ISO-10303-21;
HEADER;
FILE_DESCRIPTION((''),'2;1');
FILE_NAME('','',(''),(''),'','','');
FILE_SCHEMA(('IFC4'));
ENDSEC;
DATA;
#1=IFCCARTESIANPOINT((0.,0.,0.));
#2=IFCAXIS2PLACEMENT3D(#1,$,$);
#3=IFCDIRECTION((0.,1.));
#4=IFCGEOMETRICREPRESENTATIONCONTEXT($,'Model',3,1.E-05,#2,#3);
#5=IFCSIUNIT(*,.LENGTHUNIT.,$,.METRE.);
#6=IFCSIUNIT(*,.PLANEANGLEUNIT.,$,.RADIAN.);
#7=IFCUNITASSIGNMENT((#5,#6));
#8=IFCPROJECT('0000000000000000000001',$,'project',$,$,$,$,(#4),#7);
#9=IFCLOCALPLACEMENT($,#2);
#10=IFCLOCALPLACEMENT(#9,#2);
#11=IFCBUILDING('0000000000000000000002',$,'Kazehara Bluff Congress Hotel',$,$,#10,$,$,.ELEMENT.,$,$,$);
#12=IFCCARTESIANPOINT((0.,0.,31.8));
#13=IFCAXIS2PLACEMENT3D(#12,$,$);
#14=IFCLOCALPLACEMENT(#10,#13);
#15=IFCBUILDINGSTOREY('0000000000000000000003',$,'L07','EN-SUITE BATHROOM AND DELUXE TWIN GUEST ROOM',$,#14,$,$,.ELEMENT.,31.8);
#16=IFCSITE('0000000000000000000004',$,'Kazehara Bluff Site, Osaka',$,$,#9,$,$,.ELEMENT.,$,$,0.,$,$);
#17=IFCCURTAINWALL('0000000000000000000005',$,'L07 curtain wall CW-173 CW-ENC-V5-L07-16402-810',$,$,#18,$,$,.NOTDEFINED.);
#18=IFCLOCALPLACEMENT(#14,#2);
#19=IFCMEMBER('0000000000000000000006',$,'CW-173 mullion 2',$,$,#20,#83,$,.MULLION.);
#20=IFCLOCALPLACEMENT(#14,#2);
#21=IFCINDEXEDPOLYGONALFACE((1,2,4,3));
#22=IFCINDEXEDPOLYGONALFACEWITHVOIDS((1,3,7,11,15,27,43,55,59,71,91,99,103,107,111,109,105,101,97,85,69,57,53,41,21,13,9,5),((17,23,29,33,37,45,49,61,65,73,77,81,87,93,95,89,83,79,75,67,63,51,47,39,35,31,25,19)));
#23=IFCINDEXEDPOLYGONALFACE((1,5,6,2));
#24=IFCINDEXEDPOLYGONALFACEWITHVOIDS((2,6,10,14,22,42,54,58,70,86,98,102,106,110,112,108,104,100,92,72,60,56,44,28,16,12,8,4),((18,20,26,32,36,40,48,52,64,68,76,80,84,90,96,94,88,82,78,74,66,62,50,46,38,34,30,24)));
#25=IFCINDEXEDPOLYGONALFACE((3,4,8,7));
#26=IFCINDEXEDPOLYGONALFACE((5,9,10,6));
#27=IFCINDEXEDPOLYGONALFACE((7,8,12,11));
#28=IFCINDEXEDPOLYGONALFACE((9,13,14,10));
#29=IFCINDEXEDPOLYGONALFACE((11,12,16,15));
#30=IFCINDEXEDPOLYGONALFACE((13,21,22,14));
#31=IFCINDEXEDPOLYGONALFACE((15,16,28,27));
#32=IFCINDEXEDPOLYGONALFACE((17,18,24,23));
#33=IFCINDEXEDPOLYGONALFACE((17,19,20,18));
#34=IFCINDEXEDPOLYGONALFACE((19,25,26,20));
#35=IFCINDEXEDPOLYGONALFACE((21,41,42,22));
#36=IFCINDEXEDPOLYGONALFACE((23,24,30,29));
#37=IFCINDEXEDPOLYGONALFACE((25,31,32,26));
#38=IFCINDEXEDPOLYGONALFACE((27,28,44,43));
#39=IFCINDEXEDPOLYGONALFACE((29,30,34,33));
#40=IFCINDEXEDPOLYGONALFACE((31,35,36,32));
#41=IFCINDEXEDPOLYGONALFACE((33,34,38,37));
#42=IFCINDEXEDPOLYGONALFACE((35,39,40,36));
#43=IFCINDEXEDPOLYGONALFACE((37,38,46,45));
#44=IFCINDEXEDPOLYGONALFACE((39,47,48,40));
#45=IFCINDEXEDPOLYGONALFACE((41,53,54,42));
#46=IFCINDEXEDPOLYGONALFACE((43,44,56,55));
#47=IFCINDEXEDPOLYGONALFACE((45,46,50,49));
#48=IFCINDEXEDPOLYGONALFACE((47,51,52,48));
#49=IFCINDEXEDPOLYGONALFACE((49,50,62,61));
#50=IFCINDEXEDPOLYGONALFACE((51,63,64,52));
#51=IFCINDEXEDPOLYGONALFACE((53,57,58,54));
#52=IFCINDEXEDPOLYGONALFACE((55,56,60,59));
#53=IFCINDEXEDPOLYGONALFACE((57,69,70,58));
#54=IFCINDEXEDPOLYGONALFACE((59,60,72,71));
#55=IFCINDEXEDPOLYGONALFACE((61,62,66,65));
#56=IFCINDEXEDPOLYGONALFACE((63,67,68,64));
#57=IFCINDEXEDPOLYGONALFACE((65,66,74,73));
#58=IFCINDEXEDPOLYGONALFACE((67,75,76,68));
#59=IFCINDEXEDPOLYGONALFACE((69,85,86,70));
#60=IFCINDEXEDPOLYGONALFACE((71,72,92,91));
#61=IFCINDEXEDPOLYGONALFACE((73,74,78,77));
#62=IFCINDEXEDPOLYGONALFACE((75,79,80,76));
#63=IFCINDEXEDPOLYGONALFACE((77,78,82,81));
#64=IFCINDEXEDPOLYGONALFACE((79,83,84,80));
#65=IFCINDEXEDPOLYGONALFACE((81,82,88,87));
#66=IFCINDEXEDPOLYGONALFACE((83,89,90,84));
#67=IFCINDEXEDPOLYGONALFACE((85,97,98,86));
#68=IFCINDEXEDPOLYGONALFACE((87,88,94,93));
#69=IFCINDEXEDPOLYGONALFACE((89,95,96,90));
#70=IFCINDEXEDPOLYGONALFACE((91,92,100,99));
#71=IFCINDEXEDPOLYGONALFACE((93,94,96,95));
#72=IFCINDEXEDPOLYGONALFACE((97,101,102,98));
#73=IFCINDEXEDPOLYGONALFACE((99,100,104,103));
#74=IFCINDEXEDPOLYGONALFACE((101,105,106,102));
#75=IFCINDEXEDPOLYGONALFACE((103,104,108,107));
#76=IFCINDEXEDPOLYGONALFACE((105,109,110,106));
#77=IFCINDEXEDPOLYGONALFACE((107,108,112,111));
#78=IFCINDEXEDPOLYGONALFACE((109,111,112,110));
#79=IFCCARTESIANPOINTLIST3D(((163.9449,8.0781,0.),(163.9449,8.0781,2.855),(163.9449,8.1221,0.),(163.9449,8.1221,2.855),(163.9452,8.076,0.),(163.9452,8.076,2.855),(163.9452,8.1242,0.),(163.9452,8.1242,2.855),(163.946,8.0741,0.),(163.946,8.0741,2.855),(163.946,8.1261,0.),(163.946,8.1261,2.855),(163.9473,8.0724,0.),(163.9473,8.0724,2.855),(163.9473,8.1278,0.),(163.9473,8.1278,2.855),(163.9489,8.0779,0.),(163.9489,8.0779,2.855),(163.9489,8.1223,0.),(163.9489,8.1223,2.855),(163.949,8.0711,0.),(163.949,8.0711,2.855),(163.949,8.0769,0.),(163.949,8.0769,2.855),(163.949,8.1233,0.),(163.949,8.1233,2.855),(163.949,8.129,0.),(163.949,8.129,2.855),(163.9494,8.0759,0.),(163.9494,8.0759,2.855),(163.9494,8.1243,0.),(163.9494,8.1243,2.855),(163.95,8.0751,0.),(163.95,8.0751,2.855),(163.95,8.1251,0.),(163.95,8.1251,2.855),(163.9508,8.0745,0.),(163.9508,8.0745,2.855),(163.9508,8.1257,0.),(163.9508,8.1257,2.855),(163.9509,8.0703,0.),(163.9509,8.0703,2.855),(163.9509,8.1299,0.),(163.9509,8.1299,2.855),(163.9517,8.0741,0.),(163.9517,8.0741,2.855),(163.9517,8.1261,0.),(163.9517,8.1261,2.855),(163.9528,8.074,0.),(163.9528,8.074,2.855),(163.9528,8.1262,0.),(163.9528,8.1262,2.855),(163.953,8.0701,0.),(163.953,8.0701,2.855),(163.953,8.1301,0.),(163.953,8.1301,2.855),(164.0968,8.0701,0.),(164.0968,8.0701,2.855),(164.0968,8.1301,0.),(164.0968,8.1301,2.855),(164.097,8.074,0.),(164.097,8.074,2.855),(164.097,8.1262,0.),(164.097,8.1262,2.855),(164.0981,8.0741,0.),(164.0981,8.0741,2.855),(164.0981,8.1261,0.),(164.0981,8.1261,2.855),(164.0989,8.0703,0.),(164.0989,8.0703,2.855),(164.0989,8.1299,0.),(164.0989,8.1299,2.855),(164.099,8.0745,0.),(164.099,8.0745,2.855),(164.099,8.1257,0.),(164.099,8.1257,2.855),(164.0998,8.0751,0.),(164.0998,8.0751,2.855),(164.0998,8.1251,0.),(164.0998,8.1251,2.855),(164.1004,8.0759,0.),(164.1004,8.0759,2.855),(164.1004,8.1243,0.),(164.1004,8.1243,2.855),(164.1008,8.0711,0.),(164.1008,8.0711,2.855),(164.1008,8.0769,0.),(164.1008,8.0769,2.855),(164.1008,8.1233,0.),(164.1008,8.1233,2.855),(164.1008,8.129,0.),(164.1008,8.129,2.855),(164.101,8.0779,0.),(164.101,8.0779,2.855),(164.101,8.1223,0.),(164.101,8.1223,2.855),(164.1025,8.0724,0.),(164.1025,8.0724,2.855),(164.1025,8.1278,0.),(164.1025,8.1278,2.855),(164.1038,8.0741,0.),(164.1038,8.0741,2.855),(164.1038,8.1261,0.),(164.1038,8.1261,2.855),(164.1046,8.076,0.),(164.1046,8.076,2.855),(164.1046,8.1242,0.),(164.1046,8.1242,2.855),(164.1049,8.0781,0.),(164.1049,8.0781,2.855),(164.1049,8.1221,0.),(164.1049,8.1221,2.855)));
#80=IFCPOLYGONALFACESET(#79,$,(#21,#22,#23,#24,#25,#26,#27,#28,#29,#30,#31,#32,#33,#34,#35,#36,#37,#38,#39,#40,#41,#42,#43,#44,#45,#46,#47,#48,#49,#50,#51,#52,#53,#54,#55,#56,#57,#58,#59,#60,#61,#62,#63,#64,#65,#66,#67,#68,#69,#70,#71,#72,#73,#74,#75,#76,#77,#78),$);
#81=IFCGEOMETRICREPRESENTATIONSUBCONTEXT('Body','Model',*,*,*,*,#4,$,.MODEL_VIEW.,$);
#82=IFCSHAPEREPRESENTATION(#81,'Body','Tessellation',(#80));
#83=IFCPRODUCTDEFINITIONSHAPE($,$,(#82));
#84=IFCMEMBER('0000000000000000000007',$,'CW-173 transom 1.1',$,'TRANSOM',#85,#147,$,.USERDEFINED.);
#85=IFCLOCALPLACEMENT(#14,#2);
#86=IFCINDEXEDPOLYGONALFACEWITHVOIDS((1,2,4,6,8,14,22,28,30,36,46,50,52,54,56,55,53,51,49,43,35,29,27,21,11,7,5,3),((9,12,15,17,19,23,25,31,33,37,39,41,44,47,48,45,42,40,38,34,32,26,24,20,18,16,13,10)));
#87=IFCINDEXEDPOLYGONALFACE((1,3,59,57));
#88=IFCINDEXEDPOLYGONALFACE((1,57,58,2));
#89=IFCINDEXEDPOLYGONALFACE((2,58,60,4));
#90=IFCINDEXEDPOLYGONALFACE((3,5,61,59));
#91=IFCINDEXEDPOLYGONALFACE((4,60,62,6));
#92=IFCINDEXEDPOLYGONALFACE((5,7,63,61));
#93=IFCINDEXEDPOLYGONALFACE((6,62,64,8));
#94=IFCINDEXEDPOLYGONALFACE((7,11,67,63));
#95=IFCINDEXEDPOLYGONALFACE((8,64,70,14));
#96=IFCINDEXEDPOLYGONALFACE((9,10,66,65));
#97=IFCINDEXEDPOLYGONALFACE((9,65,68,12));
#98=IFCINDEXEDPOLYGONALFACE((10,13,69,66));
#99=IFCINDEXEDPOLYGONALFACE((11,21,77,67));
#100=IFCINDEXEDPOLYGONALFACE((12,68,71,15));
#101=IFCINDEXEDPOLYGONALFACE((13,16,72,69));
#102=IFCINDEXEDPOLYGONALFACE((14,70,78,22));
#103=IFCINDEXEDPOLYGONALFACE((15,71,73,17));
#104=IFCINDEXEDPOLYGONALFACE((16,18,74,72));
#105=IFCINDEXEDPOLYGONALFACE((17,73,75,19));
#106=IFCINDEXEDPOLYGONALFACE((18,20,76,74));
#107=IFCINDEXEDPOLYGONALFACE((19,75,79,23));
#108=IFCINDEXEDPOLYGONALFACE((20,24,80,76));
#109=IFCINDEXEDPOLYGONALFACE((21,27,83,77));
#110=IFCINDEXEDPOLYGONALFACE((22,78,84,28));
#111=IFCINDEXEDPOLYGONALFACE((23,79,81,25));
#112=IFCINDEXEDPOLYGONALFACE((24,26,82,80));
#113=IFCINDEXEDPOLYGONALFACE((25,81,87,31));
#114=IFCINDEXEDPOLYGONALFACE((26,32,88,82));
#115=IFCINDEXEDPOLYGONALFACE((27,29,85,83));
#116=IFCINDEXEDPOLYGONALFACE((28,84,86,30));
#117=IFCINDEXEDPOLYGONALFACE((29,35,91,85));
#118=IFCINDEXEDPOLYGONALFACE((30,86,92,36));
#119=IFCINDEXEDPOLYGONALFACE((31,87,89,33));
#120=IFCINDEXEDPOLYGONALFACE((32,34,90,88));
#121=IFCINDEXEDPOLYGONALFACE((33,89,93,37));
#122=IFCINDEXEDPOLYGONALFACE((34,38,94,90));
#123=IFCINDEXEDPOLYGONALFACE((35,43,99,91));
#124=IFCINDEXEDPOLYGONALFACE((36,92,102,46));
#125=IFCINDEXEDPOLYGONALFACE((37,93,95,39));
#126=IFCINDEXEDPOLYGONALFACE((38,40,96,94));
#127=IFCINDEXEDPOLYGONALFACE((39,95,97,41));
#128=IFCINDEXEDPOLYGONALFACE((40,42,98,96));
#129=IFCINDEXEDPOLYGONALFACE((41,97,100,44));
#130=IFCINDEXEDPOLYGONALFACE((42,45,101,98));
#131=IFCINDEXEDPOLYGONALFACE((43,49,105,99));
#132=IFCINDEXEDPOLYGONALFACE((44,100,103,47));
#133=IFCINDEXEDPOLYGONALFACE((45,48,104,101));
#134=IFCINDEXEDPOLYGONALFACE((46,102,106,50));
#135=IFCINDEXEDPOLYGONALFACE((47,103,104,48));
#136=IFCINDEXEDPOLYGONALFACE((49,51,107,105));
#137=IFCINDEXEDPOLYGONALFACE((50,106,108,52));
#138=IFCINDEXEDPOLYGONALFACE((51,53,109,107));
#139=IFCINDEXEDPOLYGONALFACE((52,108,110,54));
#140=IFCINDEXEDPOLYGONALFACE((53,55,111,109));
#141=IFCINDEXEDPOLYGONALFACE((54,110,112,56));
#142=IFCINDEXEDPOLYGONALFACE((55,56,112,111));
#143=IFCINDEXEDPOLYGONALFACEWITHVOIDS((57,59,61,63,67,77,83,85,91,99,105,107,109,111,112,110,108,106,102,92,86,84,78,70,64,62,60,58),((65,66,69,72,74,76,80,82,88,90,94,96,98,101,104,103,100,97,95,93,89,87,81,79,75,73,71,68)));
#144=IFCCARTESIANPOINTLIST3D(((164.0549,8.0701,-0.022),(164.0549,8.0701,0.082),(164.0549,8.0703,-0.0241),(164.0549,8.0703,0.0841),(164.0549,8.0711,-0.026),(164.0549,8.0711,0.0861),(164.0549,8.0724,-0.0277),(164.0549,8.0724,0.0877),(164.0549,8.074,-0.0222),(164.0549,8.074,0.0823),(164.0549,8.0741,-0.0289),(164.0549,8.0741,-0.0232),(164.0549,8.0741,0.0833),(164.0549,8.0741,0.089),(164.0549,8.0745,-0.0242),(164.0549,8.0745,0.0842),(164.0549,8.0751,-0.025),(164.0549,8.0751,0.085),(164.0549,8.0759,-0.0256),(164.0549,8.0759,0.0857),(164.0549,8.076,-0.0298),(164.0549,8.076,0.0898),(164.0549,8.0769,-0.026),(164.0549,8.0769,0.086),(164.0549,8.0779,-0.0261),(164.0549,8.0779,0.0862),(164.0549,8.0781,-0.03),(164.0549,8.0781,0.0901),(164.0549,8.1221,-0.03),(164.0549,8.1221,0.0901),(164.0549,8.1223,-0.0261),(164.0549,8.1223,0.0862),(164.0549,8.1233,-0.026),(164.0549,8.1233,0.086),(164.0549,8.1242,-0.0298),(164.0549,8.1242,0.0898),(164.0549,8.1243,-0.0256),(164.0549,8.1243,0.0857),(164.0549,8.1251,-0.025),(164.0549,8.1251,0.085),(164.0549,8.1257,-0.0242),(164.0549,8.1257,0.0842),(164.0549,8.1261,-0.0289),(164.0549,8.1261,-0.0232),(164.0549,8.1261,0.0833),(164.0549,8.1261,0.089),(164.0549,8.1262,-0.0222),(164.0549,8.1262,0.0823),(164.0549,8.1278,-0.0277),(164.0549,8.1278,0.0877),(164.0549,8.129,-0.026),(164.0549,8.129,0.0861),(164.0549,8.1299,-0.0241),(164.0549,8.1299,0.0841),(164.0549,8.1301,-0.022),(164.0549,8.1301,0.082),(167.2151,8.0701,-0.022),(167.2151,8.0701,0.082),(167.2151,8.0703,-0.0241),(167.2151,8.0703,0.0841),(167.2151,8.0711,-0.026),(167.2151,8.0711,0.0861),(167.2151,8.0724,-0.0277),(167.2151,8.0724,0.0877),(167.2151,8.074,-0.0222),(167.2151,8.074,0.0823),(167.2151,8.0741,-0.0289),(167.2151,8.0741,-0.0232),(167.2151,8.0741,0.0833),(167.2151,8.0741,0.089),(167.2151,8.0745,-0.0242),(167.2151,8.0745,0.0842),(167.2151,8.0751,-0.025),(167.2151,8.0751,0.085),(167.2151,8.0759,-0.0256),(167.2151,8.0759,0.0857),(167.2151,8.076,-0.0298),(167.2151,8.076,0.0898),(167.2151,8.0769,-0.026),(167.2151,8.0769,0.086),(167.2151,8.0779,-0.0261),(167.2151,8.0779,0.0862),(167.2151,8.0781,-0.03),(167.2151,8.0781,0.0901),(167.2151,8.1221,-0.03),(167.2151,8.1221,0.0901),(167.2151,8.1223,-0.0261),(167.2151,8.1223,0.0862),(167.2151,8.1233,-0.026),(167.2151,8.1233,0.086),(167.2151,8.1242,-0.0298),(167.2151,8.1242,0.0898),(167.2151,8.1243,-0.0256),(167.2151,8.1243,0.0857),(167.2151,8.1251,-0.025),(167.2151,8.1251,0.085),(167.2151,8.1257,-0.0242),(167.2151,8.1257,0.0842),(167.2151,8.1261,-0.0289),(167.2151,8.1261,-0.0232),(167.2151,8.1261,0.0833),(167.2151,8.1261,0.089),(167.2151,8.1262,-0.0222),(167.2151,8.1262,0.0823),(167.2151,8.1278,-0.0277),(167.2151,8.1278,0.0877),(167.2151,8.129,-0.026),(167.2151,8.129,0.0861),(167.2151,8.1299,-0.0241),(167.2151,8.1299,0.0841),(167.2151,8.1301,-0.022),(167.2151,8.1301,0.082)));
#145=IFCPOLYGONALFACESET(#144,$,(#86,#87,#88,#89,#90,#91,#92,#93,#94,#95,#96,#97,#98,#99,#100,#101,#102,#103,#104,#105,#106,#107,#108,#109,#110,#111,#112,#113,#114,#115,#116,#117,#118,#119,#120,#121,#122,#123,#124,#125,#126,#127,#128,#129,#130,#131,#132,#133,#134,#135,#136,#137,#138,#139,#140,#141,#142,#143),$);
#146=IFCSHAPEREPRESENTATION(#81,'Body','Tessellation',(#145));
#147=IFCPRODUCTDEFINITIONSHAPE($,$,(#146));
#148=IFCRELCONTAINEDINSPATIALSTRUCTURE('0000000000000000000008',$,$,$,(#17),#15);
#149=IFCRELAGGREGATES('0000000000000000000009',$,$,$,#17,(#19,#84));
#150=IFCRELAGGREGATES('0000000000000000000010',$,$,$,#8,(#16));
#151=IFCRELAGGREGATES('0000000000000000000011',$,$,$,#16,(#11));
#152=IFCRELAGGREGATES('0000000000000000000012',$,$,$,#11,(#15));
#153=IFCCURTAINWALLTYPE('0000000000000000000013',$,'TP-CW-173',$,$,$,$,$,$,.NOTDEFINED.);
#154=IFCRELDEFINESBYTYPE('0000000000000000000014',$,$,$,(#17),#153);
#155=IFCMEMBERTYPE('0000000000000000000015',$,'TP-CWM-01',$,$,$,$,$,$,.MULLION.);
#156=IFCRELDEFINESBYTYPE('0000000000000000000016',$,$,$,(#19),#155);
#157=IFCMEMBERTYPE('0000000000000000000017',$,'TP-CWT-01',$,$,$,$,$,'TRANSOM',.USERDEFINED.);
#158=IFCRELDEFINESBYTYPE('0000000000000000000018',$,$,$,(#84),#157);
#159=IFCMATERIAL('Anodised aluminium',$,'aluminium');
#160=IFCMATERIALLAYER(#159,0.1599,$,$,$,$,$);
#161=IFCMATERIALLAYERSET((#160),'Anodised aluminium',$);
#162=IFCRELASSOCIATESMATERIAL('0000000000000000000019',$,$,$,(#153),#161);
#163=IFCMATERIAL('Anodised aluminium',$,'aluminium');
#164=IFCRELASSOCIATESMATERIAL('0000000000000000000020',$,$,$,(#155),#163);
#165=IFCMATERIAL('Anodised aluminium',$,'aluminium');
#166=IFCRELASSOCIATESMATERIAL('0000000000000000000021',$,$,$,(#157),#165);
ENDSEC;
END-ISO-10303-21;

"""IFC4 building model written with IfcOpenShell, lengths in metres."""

from ifc_helpers import new_model, si_unit, direction, frame, origin, origin_2d, place, context, subcontext, project, spatial, hollow_rectangle, extrude, material, layer, layer_set, material_profile, profile_set, type_object, element, aggregate, save


model = new_model("IFC4")

# Units and contexts
model_context = context("Model", 3, precision=1e-05, world=origin(), true_north=direction((0.0, 1.0)))
body_context = subcontext(model_context, "Body", "Model", "MODEL_VIEW")
ifc_project = project(units=[si_unit("LENGTHUNIT", "METRE"), si_unit("PLANEANGLEUNIT", "RADIAN")], contexts=[model_context])

# Site, building, storey
site_placement = place(None, origin())
site = spatial("IfcSite", under=ifc_project, at=site_placement, Name="Kazehara Bluff Site, Osaka", CompositionType="ELEMENT", RefElevation=0.0)
building_placement = place(site_placement, origin())
building = spatial("IfcBuilding", under=site, at=building_placement, Name="Kazehara Bluff Congress Hotel", CompositionType="ELEMENT")
storey_placement = place(building_placement, frame((0.0, 0.0, 31.8)))
storey = spatial("IfcBuildingStorey", under=building, at=storey_placement, Name="L07", Description="EN-SUITE BATHROOM AND DELUXE TWIN GUEST ROOM", CompositionType="ELEMENT", Elevation=31.8)

# Curtain wall, members
ifc_material_1 = material(Name="Anodised aluminium", Category="aluminium")
ifc_layer_1 = layer(ifc_material_1, 0.1599)
ifc_layer_set_1 = layer_set([ifc_layer_1], Name="Anodised aluminium")
curtain_wall_type = type_object("IfcCurtainWallType", Name="TP-CW-173", PredefinedType="NOTDEFINED", material=ifc_layer_set_1)
curtain_wall_placement = place(storey_placement, origin())
curtain_wall = element("IfcCurtainWall", 1, at=curtain_wall_placement, inside=storey, type_object=curtain_wall_type, Name="L07 curtain wall CW-173 CW-ENC-V5-L07-16402-810", PredefinedType="NOTDEFINED")
ifc_material_2 = material(Name="Anodised aluminium", Category="aluminium")
ifc_material_profile_1 = material_profile(ifc_material_2, hollow_rectangle(XDim=0.0601, YDim=0.1599, WallThickness=0.0039, InnerFilletRadius=0.0039, OuterFilletRadius=0.0081, at=origin_2d()))
ifc_profile_set_1 = profile_set([ifc_material_profile_1], Name="Anodised aluminium")
member_type_1 = type_object("IfcMemberType", Name="TP-CWM-01", PredefinedType="MULLION", material=ifc_profile_set_1)
member_1_placement = place(storey_placement, frame((164.0249, 8.1001, 0.0), z_axis=(0.0, 0.0, 1.0), x_axis=(0.0, -1.0, 0.0)))
member_1 = element("IfcMember", 2, at=member_1_placement, type_object=member_type_1, Name="CW-173 mullion 2", PredefinedType="MULLION", context=body_context, shape_type="SweptSolid", body=[
    extrude(hollow_rectangle(XDim=0.0601, YDim=0.1599, WallThickness=0.0039, InnerFilletRadius=0.0039, OuterFilletRadius=0.0081, at=origin_2d()), origin(), (0.0, 0.0, 1.0), 2.855),
])
ifc_material_3 = material(Name="Anodised aluminium", Category="aluminium")
ifc_material_profile_2 = material_profile(ifc_material_3, hollow_rectangle(XDim=0.0601, YDim=0.1201, WallThickness=0.0039, InnerFilletRadius=0.0039, OuterFilletRadius=0.0081, at=origin_2d()))
ifc_profile_set_2 = profile_set([ifc_material_profile_2], Name="Anodised aluminium")
member_type_2 = type_object("IfcMemberType", Name="TP-CWT-01", ElementType="TRANSOM", PredefinedType="USERDEFINED", material=ifc_profile_set_2)
member_2_placement = place(storey_placement, frame((167.2151, 8.1001, 0.03), z_axis=(-1.0, 0.0, 0.0), x_axis=(0.0, -1.0, 0.0)))
member_2 = element("IfcMember", 3, at=member_2_placement, type_object=member_type_2, Name="CW-173 transom 1.1", ObjectType="TRANSOM", PredefinedType="USERDEFINED", context=body_context, shape_type="SweptSolid", body=[
    extrude(hollow_rectangle(XDim=0.0601, YDim=0.1201, WallThickness=0.0039, InnerFilletRadius=0.0039, OuterFilletRadius=0.0081, at=origin_2d()), origin(), (0.0, 0.0, 1.0), 3.1602),
])

aggregate(curtain_wall, [member_1, member_2])

save(model, "model.ifc")
